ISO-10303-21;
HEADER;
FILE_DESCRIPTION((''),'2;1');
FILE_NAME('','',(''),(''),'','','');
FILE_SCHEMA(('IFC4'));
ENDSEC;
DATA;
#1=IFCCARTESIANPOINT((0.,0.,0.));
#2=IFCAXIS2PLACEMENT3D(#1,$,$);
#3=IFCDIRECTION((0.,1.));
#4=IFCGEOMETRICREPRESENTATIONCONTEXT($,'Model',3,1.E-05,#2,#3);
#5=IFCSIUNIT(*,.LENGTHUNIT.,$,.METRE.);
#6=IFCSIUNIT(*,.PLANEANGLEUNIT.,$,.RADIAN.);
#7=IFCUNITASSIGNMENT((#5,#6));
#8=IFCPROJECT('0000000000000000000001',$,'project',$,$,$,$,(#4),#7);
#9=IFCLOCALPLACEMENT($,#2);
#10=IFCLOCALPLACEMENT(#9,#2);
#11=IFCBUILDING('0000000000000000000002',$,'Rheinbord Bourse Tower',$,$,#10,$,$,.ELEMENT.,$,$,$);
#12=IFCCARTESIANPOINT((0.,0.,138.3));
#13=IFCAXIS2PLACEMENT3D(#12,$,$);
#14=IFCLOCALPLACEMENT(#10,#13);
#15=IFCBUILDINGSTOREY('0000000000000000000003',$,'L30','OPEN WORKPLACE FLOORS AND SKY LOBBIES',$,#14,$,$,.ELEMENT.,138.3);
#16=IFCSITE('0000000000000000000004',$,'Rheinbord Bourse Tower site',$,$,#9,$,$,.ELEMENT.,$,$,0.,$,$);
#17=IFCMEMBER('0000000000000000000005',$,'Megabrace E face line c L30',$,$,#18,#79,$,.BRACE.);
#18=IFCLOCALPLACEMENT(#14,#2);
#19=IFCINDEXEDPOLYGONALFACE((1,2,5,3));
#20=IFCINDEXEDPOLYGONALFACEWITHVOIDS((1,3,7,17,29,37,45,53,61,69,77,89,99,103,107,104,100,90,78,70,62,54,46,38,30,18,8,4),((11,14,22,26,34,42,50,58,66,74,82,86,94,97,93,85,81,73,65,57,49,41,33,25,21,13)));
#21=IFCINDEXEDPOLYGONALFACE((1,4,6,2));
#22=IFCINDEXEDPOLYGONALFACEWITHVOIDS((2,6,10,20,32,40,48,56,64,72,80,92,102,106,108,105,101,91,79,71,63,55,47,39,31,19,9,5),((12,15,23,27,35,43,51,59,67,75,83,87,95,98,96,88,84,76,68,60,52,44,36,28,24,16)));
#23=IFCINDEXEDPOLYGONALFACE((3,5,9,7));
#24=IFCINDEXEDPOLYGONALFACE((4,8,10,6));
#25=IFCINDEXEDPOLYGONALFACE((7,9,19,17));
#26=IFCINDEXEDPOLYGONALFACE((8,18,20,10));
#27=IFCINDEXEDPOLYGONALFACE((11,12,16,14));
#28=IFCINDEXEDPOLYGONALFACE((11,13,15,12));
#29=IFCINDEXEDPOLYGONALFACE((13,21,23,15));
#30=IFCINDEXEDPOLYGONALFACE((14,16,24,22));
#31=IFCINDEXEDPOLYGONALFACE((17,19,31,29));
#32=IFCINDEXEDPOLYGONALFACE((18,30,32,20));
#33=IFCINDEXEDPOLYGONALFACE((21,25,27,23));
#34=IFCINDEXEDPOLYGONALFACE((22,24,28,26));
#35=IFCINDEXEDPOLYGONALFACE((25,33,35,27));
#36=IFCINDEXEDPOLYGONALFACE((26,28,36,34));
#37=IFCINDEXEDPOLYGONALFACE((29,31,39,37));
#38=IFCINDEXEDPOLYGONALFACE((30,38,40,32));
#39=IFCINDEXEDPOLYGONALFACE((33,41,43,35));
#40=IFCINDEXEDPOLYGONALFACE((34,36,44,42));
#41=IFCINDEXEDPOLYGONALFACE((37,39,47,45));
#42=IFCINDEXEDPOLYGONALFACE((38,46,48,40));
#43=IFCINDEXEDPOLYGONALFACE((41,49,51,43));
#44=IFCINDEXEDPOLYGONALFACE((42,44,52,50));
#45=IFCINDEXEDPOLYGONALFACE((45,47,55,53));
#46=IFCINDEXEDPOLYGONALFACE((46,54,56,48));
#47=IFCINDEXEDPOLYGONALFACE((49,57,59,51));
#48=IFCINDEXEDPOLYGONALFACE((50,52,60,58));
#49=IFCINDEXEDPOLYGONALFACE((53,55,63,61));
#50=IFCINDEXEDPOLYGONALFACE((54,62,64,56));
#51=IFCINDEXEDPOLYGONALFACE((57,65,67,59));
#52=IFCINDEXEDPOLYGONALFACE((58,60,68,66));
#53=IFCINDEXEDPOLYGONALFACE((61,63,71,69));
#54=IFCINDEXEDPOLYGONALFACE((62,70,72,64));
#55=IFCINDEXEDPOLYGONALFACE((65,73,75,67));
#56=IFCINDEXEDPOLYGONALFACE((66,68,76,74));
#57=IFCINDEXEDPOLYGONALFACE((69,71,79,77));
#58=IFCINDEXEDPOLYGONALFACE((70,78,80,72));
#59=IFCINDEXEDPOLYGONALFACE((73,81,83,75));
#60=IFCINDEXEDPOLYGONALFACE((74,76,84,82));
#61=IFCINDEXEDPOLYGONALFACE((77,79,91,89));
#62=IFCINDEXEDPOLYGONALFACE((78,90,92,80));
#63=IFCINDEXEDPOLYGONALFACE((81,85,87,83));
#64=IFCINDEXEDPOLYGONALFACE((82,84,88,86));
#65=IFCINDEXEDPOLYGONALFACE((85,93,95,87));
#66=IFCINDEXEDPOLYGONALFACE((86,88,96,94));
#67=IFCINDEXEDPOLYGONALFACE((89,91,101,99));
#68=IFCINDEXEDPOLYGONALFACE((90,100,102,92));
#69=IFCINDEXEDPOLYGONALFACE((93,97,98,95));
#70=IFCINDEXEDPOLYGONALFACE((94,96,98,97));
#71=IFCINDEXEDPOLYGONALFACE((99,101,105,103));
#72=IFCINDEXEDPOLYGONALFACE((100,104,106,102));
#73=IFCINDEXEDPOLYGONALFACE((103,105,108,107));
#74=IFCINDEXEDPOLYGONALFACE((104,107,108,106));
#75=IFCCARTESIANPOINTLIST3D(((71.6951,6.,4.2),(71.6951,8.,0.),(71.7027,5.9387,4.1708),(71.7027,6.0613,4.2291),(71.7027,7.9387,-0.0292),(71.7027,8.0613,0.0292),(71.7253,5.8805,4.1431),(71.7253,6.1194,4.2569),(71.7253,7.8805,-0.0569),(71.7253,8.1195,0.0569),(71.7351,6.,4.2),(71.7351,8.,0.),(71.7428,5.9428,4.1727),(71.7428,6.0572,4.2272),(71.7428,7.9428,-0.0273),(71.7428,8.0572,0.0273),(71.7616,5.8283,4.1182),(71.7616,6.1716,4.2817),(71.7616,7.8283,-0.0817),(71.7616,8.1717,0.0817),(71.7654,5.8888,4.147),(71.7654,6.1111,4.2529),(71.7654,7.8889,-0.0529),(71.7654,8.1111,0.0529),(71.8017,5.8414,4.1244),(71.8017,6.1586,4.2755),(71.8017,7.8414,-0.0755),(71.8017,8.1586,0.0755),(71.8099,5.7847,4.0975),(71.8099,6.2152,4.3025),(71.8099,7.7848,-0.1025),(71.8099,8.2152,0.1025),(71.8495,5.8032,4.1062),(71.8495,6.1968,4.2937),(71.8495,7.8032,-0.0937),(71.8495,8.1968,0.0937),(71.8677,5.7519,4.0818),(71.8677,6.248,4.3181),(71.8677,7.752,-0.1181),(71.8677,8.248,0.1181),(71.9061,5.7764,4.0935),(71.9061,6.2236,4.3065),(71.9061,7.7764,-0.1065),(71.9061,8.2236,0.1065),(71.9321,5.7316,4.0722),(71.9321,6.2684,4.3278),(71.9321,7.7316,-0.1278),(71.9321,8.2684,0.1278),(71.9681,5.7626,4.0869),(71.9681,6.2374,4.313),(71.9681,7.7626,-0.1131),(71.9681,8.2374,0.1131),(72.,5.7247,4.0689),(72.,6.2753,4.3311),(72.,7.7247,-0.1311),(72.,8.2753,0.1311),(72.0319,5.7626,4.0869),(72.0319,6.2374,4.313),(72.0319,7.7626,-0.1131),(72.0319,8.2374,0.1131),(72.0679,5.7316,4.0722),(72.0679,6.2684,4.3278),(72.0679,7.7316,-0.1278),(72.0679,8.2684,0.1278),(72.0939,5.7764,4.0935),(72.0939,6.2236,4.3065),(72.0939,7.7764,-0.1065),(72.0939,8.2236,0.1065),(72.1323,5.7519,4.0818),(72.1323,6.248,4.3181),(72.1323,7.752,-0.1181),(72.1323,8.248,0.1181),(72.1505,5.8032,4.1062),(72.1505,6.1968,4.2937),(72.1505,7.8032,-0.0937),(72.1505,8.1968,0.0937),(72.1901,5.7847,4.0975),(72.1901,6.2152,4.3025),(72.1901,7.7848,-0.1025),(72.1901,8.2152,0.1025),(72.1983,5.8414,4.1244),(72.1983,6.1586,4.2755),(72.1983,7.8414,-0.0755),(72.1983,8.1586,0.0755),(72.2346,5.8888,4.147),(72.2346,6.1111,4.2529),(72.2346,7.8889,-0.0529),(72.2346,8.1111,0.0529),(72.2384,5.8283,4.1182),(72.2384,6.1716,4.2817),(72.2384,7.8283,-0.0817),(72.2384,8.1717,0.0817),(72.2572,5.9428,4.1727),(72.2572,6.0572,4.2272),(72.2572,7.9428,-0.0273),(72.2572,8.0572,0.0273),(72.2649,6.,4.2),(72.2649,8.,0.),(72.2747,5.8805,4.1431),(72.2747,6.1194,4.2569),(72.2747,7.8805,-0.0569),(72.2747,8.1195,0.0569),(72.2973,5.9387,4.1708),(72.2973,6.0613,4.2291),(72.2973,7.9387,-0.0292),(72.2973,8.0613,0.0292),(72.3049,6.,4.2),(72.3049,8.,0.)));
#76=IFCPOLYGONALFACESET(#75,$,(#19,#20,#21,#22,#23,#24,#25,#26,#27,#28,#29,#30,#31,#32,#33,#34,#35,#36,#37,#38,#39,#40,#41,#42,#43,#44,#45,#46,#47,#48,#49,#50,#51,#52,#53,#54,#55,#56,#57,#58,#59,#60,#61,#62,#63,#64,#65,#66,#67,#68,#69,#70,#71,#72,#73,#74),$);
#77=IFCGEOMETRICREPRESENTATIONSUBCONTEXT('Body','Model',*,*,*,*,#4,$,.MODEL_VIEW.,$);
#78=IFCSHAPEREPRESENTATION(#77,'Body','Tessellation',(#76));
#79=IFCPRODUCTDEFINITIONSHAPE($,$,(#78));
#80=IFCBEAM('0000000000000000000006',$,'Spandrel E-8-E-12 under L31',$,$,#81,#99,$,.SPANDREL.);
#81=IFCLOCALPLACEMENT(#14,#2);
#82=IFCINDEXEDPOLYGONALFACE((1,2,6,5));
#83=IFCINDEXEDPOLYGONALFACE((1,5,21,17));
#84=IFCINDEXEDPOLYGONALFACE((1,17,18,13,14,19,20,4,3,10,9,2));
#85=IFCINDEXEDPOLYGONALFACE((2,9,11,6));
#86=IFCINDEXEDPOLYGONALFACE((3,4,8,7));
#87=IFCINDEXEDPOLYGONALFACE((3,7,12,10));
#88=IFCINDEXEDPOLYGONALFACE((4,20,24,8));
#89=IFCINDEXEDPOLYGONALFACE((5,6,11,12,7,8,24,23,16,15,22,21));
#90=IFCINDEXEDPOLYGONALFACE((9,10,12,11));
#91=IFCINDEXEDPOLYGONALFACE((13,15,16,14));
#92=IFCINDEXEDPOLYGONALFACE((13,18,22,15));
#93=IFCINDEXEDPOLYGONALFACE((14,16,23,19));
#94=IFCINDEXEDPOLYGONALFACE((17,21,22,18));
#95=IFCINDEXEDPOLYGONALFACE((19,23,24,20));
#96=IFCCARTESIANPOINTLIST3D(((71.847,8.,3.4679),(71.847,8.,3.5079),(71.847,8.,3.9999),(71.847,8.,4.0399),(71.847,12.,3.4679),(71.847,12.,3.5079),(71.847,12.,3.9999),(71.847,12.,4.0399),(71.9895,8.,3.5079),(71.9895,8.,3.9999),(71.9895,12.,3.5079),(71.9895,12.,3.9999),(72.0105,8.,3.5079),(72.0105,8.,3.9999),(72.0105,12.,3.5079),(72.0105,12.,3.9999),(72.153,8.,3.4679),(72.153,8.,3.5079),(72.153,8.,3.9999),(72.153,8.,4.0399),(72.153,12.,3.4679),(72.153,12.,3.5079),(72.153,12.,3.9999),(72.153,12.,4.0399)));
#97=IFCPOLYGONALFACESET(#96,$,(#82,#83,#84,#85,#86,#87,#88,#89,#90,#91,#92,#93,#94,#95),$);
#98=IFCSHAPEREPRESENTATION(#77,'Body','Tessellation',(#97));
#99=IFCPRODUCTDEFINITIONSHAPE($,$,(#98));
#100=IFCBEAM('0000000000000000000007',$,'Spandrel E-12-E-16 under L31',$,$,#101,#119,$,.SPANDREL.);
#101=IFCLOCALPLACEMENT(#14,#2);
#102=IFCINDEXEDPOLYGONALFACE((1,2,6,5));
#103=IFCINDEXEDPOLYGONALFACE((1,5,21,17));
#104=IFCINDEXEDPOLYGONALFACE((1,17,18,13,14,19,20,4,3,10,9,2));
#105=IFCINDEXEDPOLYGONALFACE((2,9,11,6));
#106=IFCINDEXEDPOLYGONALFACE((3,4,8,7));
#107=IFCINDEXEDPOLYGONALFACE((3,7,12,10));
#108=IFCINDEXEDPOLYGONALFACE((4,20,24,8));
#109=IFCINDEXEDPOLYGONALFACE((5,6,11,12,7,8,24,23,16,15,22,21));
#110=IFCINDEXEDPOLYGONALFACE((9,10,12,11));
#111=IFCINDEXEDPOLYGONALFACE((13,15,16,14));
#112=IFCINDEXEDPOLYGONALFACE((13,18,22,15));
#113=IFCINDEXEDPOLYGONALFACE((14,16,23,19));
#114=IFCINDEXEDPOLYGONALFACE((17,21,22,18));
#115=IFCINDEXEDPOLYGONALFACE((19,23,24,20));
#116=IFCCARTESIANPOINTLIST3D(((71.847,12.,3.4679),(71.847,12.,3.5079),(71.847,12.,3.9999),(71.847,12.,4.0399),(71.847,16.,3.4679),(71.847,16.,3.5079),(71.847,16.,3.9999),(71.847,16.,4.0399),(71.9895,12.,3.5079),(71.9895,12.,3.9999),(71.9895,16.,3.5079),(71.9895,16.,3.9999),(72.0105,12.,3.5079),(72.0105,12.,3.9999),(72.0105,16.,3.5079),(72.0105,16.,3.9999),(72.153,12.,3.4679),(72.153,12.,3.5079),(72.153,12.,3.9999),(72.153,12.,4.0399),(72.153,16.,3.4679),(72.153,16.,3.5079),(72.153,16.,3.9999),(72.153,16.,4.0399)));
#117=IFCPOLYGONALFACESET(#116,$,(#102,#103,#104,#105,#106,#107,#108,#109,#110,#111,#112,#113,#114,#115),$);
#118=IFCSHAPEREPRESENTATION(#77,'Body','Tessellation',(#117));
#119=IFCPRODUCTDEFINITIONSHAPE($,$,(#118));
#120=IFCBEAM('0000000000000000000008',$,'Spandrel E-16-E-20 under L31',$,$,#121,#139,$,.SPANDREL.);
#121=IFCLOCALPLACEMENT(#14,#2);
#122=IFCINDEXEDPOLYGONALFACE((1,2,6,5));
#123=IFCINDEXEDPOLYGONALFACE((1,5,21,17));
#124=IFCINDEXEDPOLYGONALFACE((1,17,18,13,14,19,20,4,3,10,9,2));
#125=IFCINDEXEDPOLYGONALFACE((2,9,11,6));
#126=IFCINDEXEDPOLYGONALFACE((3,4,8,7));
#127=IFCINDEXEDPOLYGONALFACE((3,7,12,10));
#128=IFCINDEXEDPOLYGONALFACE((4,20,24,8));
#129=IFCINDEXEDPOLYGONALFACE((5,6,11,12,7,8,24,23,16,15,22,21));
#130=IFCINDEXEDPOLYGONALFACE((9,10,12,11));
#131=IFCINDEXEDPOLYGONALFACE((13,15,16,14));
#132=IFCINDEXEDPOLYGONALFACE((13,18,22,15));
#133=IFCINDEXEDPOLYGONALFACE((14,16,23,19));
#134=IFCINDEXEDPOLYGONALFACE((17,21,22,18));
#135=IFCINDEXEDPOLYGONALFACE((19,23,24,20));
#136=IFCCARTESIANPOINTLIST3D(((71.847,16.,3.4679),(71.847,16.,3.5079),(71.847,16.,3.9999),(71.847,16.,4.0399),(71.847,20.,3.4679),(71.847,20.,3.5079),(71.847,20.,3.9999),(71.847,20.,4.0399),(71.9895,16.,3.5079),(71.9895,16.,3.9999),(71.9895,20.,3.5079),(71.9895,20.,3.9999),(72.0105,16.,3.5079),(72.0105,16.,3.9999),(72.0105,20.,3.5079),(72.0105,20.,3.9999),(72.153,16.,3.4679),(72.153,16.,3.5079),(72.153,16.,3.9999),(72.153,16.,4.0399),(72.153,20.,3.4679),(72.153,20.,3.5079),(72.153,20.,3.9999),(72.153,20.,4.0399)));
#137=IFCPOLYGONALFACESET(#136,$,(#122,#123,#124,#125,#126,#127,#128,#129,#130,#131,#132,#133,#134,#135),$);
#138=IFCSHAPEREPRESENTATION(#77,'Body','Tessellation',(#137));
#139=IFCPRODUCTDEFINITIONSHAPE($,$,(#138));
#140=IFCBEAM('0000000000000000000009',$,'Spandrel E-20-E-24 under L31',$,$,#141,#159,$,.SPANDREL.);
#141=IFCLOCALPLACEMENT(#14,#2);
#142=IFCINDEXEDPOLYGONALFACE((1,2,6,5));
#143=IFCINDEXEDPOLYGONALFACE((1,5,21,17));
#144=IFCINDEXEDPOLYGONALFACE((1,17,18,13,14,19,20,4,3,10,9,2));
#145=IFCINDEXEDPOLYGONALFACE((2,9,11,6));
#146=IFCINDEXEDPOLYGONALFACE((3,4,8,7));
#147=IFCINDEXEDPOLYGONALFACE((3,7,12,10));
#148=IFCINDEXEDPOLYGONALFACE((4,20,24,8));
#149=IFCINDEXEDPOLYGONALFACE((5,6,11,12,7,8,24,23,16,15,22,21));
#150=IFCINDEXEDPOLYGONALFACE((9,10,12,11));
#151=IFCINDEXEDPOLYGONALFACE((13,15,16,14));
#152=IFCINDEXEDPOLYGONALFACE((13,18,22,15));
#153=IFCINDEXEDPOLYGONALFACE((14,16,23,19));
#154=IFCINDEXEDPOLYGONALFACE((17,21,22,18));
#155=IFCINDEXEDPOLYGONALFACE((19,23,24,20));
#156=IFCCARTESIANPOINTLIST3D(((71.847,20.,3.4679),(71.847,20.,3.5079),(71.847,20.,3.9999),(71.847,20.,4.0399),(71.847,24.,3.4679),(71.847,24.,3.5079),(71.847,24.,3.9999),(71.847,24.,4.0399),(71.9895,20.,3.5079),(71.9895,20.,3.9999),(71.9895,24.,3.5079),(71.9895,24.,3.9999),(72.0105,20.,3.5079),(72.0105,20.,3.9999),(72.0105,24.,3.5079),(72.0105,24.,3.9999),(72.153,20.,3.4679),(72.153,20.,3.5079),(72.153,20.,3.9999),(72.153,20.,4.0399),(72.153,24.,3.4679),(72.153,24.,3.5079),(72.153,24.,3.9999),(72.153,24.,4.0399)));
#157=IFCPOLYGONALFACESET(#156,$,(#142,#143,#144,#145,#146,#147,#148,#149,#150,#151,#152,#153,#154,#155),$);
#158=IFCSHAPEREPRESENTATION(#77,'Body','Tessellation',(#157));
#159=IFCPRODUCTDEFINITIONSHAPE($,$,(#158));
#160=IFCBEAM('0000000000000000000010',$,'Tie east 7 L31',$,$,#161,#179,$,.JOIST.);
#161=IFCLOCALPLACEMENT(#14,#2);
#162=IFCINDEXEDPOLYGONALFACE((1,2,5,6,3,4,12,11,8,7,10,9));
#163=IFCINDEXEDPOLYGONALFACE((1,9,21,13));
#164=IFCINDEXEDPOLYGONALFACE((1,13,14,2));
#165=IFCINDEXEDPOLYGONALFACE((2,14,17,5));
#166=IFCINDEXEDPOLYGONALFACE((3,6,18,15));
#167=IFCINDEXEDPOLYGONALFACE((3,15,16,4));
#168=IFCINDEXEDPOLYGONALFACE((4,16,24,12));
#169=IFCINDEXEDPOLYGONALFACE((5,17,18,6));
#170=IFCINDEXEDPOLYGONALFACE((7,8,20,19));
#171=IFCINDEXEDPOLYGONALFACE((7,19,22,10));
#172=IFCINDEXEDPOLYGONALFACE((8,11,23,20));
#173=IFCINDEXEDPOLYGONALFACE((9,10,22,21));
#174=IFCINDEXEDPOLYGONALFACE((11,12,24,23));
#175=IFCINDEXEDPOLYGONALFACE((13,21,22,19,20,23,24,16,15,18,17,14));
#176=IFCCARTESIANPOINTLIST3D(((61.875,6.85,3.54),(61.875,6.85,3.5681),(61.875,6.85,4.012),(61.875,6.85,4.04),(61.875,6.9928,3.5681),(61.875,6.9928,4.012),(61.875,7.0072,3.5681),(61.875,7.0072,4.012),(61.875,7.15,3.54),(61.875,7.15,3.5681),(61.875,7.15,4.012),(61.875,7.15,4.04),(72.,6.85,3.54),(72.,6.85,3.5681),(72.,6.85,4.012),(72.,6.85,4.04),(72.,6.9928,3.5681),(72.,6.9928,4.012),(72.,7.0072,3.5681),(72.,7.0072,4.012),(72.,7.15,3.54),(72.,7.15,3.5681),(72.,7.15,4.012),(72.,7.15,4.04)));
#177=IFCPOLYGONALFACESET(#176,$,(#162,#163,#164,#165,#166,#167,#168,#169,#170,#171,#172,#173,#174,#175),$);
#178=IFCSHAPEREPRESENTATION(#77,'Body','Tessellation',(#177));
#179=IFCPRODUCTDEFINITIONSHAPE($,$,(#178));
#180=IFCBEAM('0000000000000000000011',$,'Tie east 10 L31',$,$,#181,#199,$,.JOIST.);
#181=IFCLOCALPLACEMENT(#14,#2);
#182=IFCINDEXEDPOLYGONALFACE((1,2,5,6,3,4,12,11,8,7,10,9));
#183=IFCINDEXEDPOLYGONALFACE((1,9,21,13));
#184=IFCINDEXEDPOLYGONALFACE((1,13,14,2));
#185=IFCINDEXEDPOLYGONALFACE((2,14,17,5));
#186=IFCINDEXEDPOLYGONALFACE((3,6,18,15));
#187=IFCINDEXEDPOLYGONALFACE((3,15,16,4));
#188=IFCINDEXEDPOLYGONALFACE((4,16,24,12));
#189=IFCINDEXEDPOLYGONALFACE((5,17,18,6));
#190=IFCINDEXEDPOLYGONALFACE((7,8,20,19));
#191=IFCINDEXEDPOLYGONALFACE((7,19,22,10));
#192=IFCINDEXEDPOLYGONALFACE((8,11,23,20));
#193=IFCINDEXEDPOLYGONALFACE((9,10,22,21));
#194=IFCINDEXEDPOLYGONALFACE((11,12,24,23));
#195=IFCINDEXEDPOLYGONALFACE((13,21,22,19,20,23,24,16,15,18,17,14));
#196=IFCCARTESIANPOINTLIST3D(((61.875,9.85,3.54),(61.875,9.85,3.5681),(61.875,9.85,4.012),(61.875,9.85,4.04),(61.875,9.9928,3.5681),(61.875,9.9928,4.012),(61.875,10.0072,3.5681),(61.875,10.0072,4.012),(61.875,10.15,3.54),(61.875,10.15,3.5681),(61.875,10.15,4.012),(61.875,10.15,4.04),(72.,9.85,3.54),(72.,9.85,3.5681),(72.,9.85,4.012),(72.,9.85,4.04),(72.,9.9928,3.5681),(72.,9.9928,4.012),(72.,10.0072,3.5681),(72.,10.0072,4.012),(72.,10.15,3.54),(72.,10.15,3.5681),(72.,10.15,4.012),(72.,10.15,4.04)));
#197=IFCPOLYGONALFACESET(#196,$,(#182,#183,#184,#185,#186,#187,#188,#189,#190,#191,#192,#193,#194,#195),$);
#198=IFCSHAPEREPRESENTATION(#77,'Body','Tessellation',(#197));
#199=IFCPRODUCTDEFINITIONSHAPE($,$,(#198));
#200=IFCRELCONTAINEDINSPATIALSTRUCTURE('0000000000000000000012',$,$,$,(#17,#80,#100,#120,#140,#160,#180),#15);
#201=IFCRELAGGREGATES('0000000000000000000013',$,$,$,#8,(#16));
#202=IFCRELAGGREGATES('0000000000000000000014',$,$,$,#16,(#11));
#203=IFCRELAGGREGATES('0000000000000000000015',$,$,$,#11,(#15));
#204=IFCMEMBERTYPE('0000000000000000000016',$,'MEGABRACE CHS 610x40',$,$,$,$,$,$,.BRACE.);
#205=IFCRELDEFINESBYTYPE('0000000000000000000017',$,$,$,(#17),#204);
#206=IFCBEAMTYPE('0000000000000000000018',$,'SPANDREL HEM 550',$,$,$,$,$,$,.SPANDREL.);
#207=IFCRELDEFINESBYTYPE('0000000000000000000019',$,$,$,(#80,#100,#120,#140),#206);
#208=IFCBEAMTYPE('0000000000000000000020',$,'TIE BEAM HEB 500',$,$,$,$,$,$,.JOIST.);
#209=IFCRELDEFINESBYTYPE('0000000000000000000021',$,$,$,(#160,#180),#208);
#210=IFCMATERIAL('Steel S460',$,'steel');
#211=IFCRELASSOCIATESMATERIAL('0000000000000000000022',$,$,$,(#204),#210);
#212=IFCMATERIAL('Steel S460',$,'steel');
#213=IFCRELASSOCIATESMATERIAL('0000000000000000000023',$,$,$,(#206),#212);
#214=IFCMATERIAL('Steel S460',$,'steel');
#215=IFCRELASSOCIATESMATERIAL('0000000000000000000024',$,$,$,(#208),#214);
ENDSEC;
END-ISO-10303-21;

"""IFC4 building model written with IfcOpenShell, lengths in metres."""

from ifc_helpers import new_model, si_unit, direction, frame, origin, origin_2d, place, context, subcontext, project, spatial, hollow_circle, i_section, extrude, material, material_profile, profile_set, type_object, element, save


model = new_model("IFC4")

# Units and contexts
model_context = context("Model", 3, precision=1e-05, world=origin(), true_north=direction((0.0, 1.0)))
body_context = subcontext(model_context, "Body", "Model", "MODEL_VIEW")
ifc_project = project(units=[si_unit("LENGTHUNIT", "METRE"), si_unit("PLANEANGLEUNIT", "RADIAN")], contexts=[model_context])

# Site, building, storey
site_placement = place(None, origin())
site = spatial("IfcSite", under=ifc_project, at=site_placement, Name="Rheinbord Bourse Tower site", CompositionType="ELEMENT", RefElevation=0.0)
building_placement = place(site_placement, origin())
building = spatial("IfcBuilding", under=site, at=building_placement, Name="Rheinbord Bourse Tower", CompositionType="ELEMENT")
storey_placement = place(building_placement, frame((0.0, 0.0, 138.3)))
storey = spatial("IfcBuildingStorey", under=building, at=storey_placement, Name="L30", Description="OPEN WORKPLACE FLOORS AND SKY LOBBIES", CompositionType="ELEMENT", Elevation=138.3)

# Member
ifc_material_1 = material(Name="Steel S460", Category="steel")
ifc_material_profile_1 = material_profile(ifc_material_1, hollow_circle(Radius=0.3049, WallThickness=0.04, at=origin_2d()), Name="CHS 610x40")
ifc_profile_set_1 = profile_set([ifc_material_profile_1], Name="Steel S460")
member_type_1 = type_object("IfcMemberType", Name="MEGABRACE CHS 610x40", PredefinedType="BRACE", material=ifc_profile_set_1)
member_1_placement = place(storey_placement, frame((72.0, 8.0, 0.0), z_axis=(0.0, -0.429938, 0.902859), x_axis=(1.0, 0.0, 0.0)))
element("IfcMember", 1, at=member_1_placement, inside=storey, type_object=member_type_1, Name="Megabrace E face line c L30", PredefinedType="BRACE", context=body_context, shape_type="SweptSolid", body=[
    extrude(hollow_circle(Radius=0.3049, WallThickness=0.04, at=origin_2d()), origin(), (0.0, 0.0, 1.0), 4.6519),
])

# Beams
ifc_material_2 = material(Name="Steel S460", Category="steel")
ifc_material_profile_2 = material_profile(ifc_material_2, i_section(OverallWidth=0.3059, OverallDepth=0.572, WebThickness=0.021, FlangeThickness=0.04, at=origin_2d()), Name="HEM 550")
ifc_profile_set_2 = profile_set([ifc_material_profile_2], Name="Steel S460")
beam_type_1 = type_object("IfcBeamType", Name="SPANDREL HEM 550", PredefinedType="SPANDREL", material=ifc_profile_set_2)
for number, where, z_axis, x_axis, name in (
    (2, (72.0, 8.0, 3.7539), (0.0, 1.0, 0.0), (-1.0, 0.0, 0.0), "Spandrel E-8-E-12 under L31"),
    (3, (72.0, 12.0, 3.7539), (0.0, 1.0, 0.0), (-1.0, 0.0, 0.0), "Spandrel E-12-E-16 under L31"),
    (4, (72.0, 16.0, 3.7539), (0.0, 1.0, 0.0), (-1.0, 0.0, 0.0), "Spandrel E-16-E-20 under L31"),
    (5, (72.0, 20.0, 3.7539), (0.0, 1.0, 0.0), (-1.0, 0.0, 0.0), "Spandrel E-20-E-24 under L31"),
):
    element("IfcBeam", number, at=place(storey_placement, frame(where, z_axis=z_axis, x_axis=x_axis)), inside=storey, type_object=beam_type_1, Name=name, PredefinedType="SPANDREL", context=body_context, shape_type="SweptSolid", body=[
        extrude(i_section(OverallWidth=0.3059, OverallDepth=0.572, WebThickness=0.021, FlangeThickness=0.04, at=origin_2d()), origin(), (0.0, 0.0, 1.0), 4.0),
    ])
ifc_material_3 = material(Name="Steel S460", Category="steel")
ifc_material_profile_3 = material_profile(ifc_material_3, i_section(OverallWidth=0.3, OverallDepth=0.5, WebThickness=0.0144, FlangeThickness=0.0281, at=origin_2d()), Name="HEB 500")
ifc_profile_set_3 = profile_set([ifc_material_profile_3], Name="Steel S460")
beam_type_2 = type_object("IfcBeamType", Name="TIE BEAM HEB 500", PredefinedType="JOIST", material=ifc_profile_set_3)
for number, where, z_axis, x_axis, name in (
    (6, (61.875, 7.0, 3.79), (1.0, 0.0, 0.0), (0.0, 1.0, 0.0), "Tie east 7 L31"),
    (7, (61.875, 10.0, 3.79), (1.0, 0.0, 0.0), (0.0, 1.0, 0.0), "Tie east 10 L31"),
):
    element("IfcBeam", number, at=place(storey_placement, frame(where, z_axis=z_axis, x_axis=x_axis)), inside=storey, type_object=beam_type_2, Name=name, PredefinedType="JOIST", context=body_context, shape_type="SweptSolid", body=[
        extrude(i_section(OverallWidth=0.3, OverallDepth=0.5, WebThickness=0.0144, FlangeThickness=0.0281, at=origin_2d()), origin(), (0.0, 0.0, 1.0), 10.125),
    ])

save(model, "model.ifc")
